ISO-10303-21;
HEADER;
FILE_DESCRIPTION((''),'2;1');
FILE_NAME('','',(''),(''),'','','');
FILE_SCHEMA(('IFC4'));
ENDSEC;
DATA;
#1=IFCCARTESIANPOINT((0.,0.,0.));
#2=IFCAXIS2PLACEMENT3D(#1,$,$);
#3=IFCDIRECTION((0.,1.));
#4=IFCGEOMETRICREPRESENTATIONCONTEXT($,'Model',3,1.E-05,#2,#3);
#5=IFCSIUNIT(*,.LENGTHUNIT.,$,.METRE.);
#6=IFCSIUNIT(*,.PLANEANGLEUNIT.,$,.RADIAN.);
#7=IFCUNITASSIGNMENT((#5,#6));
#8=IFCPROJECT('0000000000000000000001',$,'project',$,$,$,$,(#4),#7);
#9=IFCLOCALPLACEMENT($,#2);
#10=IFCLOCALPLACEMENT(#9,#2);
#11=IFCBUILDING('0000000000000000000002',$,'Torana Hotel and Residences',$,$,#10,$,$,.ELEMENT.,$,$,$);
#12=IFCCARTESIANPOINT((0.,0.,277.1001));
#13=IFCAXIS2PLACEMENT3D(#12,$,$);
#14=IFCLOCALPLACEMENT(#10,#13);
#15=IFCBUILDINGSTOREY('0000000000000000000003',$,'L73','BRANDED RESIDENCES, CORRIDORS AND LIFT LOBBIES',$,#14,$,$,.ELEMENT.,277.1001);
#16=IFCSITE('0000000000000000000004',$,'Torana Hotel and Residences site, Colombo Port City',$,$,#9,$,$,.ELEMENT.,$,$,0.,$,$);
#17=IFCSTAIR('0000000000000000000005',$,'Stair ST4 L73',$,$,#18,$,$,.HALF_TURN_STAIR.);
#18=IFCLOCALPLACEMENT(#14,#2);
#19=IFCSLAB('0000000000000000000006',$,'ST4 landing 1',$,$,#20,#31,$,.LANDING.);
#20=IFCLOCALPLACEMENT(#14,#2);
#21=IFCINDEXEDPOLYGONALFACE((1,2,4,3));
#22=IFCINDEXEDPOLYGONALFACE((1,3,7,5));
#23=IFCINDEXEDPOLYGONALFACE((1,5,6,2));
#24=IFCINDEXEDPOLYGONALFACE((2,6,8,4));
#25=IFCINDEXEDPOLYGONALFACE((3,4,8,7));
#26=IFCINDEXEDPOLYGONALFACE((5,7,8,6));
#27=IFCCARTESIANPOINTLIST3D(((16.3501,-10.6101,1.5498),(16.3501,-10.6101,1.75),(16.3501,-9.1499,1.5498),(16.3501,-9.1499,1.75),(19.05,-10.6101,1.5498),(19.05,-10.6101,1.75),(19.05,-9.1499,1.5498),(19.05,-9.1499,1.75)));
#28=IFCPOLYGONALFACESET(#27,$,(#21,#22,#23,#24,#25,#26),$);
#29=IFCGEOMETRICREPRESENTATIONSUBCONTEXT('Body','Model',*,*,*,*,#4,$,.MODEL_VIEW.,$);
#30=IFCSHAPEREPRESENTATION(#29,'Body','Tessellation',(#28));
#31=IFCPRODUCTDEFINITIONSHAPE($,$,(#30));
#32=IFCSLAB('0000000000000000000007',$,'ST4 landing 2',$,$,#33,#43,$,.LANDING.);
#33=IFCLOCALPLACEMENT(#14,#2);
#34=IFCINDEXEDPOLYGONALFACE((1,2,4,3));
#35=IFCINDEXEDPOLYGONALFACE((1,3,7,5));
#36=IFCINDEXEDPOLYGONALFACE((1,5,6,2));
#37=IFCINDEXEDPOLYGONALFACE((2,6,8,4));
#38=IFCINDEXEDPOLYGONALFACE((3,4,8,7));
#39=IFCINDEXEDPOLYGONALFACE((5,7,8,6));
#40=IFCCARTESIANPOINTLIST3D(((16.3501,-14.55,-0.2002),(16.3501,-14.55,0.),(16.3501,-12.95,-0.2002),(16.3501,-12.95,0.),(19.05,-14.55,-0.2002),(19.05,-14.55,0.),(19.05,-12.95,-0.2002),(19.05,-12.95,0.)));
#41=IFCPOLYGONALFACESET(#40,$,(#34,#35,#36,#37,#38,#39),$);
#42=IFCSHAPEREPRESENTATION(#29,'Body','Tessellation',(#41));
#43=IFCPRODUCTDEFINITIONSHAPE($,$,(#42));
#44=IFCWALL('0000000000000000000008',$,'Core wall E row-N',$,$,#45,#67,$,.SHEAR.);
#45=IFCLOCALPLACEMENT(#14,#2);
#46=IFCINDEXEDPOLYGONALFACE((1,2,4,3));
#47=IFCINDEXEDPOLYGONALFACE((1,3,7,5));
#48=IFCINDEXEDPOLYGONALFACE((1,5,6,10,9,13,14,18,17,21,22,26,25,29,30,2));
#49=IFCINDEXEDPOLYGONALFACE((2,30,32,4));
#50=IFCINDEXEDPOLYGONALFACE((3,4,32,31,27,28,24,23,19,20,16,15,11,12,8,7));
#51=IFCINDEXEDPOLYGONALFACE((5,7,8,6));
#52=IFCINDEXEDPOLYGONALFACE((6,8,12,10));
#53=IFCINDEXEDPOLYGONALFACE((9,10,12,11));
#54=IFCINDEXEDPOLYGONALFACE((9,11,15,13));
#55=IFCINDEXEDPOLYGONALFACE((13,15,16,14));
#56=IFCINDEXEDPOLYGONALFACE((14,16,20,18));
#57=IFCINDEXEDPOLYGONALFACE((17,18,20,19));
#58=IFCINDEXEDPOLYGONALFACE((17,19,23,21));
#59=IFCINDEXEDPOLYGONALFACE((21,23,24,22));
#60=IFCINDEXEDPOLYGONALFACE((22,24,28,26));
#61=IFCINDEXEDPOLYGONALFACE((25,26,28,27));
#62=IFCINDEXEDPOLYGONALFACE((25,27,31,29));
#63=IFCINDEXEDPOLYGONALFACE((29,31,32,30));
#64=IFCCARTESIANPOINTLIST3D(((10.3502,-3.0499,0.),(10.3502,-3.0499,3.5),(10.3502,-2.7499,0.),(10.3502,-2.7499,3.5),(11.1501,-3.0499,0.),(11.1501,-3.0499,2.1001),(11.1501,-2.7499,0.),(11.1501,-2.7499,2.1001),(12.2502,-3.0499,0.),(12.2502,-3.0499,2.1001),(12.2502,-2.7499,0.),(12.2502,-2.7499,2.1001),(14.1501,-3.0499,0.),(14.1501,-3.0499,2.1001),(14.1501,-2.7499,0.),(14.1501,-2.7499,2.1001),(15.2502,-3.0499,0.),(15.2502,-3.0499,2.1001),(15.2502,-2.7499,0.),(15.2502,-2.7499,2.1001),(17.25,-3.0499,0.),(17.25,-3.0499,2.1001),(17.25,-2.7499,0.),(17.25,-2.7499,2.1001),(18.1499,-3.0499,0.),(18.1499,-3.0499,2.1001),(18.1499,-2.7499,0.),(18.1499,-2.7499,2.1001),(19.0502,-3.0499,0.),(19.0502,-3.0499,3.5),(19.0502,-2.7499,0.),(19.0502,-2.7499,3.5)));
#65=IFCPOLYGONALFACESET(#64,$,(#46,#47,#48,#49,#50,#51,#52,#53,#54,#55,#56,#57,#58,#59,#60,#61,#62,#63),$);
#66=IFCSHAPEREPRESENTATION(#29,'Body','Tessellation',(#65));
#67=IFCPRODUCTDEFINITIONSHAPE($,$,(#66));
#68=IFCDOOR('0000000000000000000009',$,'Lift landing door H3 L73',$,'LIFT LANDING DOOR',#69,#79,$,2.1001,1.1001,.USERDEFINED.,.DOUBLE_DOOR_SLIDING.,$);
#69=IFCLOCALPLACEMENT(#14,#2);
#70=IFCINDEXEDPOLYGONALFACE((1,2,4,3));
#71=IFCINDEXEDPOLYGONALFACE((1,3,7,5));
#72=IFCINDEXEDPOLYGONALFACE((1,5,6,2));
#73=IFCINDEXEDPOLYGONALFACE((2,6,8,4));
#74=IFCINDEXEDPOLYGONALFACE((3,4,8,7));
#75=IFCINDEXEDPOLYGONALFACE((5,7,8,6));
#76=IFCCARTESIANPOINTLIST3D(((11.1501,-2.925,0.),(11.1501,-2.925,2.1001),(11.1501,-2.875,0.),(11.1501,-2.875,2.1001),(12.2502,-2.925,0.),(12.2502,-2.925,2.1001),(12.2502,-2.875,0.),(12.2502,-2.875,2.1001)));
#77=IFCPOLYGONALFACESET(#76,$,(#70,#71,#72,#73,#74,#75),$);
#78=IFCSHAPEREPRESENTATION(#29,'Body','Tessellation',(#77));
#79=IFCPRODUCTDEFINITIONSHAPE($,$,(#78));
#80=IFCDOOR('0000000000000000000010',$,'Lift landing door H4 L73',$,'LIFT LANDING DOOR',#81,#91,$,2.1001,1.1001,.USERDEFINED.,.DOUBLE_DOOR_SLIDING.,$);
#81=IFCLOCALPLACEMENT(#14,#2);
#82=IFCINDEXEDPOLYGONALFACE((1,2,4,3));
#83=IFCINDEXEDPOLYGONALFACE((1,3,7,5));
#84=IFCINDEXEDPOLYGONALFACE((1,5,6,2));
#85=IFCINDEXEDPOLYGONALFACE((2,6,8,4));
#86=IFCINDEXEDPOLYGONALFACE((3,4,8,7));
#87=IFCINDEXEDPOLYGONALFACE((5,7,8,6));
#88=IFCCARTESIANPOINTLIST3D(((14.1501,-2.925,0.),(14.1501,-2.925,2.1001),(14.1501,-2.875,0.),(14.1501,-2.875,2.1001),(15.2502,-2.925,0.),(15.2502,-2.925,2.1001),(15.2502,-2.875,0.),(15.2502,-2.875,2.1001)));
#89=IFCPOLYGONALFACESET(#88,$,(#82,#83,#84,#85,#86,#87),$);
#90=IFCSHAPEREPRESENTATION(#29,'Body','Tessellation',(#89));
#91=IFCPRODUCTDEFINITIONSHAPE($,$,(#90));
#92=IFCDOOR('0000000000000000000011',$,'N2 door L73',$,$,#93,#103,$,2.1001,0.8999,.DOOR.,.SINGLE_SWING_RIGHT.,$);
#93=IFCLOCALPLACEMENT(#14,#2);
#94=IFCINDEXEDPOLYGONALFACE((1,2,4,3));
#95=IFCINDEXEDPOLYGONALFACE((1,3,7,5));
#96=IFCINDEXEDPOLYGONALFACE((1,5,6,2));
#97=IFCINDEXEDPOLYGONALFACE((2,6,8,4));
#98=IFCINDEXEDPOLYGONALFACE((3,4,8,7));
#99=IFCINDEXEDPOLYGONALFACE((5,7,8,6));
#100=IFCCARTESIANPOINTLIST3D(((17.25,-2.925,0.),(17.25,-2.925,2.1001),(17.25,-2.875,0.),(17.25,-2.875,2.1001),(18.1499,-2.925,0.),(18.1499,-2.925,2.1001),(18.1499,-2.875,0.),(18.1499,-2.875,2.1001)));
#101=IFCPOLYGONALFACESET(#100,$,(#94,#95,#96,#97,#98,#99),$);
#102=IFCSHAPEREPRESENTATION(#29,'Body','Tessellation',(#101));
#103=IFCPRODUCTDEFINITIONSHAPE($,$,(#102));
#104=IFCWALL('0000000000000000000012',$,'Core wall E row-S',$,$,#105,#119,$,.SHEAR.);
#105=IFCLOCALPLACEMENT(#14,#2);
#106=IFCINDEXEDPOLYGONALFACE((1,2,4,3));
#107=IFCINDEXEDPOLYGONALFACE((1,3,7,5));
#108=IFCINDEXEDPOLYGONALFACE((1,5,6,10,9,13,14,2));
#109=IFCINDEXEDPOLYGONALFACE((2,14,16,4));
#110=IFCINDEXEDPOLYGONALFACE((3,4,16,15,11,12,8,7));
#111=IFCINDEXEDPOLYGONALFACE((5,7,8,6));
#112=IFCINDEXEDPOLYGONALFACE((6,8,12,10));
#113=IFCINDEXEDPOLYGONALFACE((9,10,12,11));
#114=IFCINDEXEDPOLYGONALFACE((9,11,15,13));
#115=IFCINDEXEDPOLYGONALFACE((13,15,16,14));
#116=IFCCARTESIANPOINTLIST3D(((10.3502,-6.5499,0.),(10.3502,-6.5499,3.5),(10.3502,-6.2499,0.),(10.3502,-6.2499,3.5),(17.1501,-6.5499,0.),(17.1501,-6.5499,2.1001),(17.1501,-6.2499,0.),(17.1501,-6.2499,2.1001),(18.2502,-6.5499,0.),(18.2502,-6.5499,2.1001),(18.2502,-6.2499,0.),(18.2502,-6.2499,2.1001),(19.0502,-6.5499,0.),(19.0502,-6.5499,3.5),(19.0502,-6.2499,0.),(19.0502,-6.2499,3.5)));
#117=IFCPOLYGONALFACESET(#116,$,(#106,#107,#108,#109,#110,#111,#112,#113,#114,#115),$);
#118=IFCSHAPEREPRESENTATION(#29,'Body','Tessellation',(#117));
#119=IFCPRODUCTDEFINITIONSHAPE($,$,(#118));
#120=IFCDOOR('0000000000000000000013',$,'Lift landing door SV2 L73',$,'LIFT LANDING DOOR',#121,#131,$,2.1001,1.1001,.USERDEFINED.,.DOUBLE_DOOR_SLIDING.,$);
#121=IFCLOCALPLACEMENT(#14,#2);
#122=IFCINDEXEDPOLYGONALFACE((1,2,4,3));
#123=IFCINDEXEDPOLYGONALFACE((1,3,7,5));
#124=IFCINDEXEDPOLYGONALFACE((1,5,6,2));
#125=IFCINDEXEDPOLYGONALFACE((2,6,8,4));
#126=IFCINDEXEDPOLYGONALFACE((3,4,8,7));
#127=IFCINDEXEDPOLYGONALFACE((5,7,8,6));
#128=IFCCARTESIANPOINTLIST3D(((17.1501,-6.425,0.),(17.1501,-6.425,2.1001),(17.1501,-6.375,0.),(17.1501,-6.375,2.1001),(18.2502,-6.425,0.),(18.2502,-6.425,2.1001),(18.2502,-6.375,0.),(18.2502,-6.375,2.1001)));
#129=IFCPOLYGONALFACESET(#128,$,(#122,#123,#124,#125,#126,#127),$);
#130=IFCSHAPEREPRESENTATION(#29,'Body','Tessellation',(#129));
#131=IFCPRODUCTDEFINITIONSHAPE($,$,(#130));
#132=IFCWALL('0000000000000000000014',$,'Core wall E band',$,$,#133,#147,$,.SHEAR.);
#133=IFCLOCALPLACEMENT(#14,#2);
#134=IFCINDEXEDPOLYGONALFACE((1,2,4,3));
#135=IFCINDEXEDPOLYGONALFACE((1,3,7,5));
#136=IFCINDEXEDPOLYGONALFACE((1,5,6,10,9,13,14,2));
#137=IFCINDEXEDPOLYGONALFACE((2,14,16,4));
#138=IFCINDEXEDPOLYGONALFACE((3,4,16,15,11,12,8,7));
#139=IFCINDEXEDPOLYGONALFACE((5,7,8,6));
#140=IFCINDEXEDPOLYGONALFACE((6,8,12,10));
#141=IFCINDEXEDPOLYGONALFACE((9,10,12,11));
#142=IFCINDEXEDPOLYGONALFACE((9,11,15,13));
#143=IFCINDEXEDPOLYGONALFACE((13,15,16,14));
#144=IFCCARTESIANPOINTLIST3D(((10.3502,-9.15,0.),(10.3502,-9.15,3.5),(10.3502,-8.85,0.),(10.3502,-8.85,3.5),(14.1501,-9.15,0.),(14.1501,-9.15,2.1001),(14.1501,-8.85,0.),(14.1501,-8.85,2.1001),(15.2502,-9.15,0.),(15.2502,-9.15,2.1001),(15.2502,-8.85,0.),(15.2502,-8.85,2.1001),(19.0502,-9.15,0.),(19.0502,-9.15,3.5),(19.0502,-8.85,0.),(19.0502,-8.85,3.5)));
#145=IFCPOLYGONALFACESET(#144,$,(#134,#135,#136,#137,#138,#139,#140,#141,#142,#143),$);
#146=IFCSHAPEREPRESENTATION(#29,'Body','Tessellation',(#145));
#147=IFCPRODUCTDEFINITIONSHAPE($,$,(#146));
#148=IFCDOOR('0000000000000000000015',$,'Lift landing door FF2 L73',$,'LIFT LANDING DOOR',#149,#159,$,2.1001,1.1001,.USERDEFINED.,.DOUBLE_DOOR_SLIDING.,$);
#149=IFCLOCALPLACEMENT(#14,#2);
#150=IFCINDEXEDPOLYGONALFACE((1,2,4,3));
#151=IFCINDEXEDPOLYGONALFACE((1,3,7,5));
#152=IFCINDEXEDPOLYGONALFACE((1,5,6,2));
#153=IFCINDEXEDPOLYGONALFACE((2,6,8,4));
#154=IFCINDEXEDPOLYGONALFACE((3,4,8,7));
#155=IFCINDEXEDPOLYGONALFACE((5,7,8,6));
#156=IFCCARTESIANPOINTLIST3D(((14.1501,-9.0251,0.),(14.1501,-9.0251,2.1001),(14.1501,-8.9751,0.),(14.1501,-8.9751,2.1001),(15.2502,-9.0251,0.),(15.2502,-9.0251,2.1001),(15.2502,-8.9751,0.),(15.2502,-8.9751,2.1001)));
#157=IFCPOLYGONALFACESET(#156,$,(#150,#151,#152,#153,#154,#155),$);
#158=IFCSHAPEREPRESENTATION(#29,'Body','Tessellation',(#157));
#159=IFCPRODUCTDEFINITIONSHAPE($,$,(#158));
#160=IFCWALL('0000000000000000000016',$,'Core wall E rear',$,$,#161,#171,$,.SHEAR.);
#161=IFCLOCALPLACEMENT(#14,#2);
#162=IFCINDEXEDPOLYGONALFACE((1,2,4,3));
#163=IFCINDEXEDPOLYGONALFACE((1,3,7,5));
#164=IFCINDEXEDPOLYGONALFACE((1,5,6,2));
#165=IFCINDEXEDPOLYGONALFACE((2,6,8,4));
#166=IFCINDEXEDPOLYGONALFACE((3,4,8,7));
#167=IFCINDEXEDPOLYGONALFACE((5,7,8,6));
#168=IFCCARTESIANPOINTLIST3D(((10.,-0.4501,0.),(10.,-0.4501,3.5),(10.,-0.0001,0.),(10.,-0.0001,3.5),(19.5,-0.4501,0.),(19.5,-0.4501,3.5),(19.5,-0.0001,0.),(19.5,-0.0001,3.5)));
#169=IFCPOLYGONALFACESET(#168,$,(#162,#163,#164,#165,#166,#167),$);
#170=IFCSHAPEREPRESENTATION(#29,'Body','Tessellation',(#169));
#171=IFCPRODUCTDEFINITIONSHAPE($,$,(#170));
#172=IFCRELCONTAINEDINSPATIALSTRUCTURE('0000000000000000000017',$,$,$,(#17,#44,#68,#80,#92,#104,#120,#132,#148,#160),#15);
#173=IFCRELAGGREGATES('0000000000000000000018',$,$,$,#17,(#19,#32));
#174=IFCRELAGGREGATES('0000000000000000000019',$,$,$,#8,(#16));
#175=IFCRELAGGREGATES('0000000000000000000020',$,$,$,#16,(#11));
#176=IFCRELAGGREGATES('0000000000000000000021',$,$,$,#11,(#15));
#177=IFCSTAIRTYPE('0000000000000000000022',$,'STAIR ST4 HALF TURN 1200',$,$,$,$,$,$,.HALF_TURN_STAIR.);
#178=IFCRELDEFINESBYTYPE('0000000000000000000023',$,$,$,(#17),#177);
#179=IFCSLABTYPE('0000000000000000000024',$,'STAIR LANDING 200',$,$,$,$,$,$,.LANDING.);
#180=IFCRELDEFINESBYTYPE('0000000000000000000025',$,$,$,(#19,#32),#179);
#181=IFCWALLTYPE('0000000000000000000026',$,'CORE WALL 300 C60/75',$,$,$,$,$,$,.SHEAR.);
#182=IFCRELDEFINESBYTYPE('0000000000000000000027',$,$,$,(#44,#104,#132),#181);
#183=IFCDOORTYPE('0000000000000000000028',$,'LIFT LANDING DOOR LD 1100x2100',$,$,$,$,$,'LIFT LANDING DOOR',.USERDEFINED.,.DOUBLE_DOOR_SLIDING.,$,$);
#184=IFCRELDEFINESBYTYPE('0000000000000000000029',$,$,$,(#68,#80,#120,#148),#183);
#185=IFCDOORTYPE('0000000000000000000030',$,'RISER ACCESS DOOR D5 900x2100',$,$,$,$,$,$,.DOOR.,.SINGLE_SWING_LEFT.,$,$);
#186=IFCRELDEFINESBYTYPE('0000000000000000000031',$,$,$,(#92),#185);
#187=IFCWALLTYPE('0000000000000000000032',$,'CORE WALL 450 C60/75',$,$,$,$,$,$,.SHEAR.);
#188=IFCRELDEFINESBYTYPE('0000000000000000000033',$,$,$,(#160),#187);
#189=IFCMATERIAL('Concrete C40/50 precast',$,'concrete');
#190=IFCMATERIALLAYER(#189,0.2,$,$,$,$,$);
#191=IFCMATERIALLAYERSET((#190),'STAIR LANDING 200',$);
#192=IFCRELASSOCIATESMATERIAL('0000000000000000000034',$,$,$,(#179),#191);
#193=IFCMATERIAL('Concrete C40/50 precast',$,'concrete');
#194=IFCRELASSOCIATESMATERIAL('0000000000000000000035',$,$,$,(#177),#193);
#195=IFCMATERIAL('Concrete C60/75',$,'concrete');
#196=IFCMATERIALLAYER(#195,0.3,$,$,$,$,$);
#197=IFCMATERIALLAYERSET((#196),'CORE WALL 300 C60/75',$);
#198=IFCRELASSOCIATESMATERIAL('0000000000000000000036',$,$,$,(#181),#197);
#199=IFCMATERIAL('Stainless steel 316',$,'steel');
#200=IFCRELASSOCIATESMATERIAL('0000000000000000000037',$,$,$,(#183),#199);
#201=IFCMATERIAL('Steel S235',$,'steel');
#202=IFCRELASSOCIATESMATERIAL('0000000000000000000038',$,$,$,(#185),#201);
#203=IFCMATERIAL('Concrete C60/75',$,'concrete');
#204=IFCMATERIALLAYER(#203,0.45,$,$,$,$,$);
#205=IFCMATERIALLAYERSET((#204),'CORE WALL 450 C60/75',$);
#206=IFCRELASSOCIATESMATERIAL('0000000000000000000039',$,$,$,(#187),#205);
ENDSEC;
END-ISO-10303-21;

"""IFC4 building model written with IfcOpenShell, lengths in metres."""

from ifc_helpers import new_model, si_unit, direction, frame, frame_2d, origin, place, context, subcontext, project, spatial, polyline, rectangle, outline, extrude, material, layer, layer_set, type_object, element, fill, aggregate, save


model = new_model("IFC4")

# Units and contexts
model_context = context("Model", 3, precision=1e-05, world=origin(), true_north=direction((0.0, 1.0)))
body_context = subcontext(model_context, "Body", "Model", "MODEL_VIEW")
ifc_project = project(units=[si_unit("LENGTHUNIT", "METRE"), si_unit("PLANEANGLEUNIT", "RADIAN")], contexts=[model_context])

# Site, building, storey
site_placement = place(None, origin())
site = spatial("IfcSite", under=ifc_project, at=site_placement, Name="Torana Hotel and Residences site, Colombo Port City", CompositionType="ELEMENT", RefElevation=0.0)
building_placement = place(site_placement, origin())
building = spatial("IfcBuilding", under=site, at=building_placement, Name="Torana Hotel and Residences", CompositionType="ELEMENT")
storey_placement = place(building_placement, frame((0.0, 0.0, 277.1001)))
storey = spatial("IfcBuildingStorey", under=building, at=storey_placement, Name="L73", Description="BRANDED RESIDENCES, CORRIDORS AND LIFT LOBBIES", CompositionType="ELEMENT", Elevation=277.1001)

# Stair, slabs
ifc_material_1 = material(Name="Concrete C40/50 precast", Category="concrete")
ifc_layer_1 = layer(ifc_material_1, 0.2)
ifc_layer_set_1 = layer_set([ifc_layer_1], Name="STAIR LANDING 200")
slab_type_1 = type_object("IfcSlabType", Name="STAIR LANDING 200", PredefinedType="LANDING", material=ifc_layer_set_1)
ifc_material_2 = material(Name="Concrete C40/50 precast", Category="concrete")
stair_type_1 = type_object("IfcStairType", Name="STAIR ST4 HALF TURN 1200", PredefinedType="HALF_TURN_STAIR", material=ifc_material_2)
stair_1_placement = place(storey_placement, origin())
stair_1 = element("IfcStair", 1, at=stair_1_placement, inside=storey, type_object=stair_type_1, Name="Stair ST4 L73", PredefinedType="HALF_TURN_STAIR")
slab_1_placement = place(storey_placement, frame((0.0, 0.0, 1.5498)))
slab_1 = element("IfcSlab", 2, at=slab_1_placement, type_object=slab_type_1, Name="ST4 landing 1", PredefinedType="LANDING", context=body_context, shape_type="SweptSolid", body=[
    extrude(outline(polyline([(16.3501, -10.6101), (19.05, -10.6101), (19.05, -9.1499), (16.3501, -9.1499), (16.3501, -10.6101)])), origin(), (0.0, 0.0, 1.0), 0.2002),
])
slab_2_placement = place(storey_placement, frame((0.0, 0.0, -0.2002)))
slab_2 = element("IfcSlab", 3, at=slab_2_placement, type_object=slab_type_1, Name="ST4 landing 2", PredefinedType="LANDING", context=body_context, shape_type="SweptSolid", body=[
    extrude(outline(polyline([(16.3501, -14.55), (19.05, -14.55), (19.05, -12.95), (16.3501, -12.95), (16.3501, -14.55)])), origin(), (0.0, 0.0, 1.0), 0.2002),
])
aggregate(stair_1, [slab_1, slab_2])

# Wall, openings, doors
ifc_material_3 = material(Name="Concrete C60/75", Category="concrete")
ifc_layer_2 = layer(ifc_material_3, 0.3)
ifc_layer_set_2 = layer_set([ifc_layer_2], Name="CORE WALL 300 C60/75")
wall_type_1 = type_object("IfcWallType", Name="CORE WALL 300 C60/75", PredefinedType="SHEAR", material=ifc_layer_set_2)
wall_1_placement = place(storey_placement, frame((10.3501, -2.8999, 0.0), z_axis=(0.0, 0.0, 1.0), x_axis=(1.0, 0.0, 0.0)))
wall_1 = element("IfcWall", 4, at=wall_1_placement, inside=storey, type_object=wall_type_1, Name="Core wall E row-N", PredefinedType="SHEAR", context=body_context, shape_type="SweptSolid", body=[
    extrude(rectangle(XDim=8.7, YDim=0.3, at=frame_2d((4.3501, 0.0))), origin(), (0.0, 0.0, 1.0), 3.5),
])
opening_1_placement = place(wall_1_placement, frame((0.8, 0.0, 0.0)))
opening_1 = element("IfcOpeningElement", 5, at=opening_1_placement, cuts=wall_1, PredefinedType="OPENING", context=body_context, shape_type="SweptSolid", body=[
    extrude(rectangle(XDim=1.1001, YDim=2.1001, at=frame_2d((0.55, 1.05))), frame((0.0, 0.1599, 0.0), z_axis=(0.0, -1.0, 0.0), x_axis=(1.0, 0.0, 0.0)), (0.0, 0.0, 1.0), 0.3201),
])
opening_2_placement = place(wall_1_placement, frame((3.8, 0.0, 0.0)))
opening_2 = element("IfcOpeningElement", 6, at=opening_2_placement, cuts=wall_1, PredefinedType="OPENING", context=body_context, shape_type="SweptSolid", body=[
    extrude(rectangle(XDim=1.1001, YDim=2.1001, at=frame_2d((0.55, 1.05))), frame((0.0, 0.1599, 0.0), z_axis=(0.0, -1.0, 0.0), x_axis=(1.0, 0.0, 0.0)), (0.0, 0.0, 1.0), 0.3201),
])
opening_3_placement = place(wall_1_placement, frame((6.8999, 0.0, 0.0)))
opening_3 = element("IfcOpeningElement", 7, at=opening_3_placement, cuts=wall_1, PredefinedType="OPENING", context=body_context, shape_type="SweptSolid", body=[
    extrude(rectangle(XDim=0.8999, YDim=2.1001, at=frame_2d((0.45, 1.05))), frame((0.0, 0.1599, 0.0), z_axis=(0.0, -1.0, 0.0), x_axis=(1.0, 0.0, 0.0)), (0.0, 0.0, 1.0), 0.3201),
])
ifc_material_4 = material(Name="Stainless steel 316", Category="steel")
door_type_1 = type_object("IfcDoorType", Name="LIFT LANDING DOOR LD 1100x2100", ElementType="LIFT LANDING DOOR", OperationType="DOUBLE_DOOR_SLIDING", PredefinedType="USERDEFINED", material=ifc_material_4)
door_1_placement = place(opening_1_placement, origin())
door_1 = element("IfcDoor", 8, at=door_1_placement, inside=storey, type_object=door_type_1, Name="Lift landing door H3 L73", ObjectType="LIFT LANDING DOOR", OperationType="DOUBLE_DOOR_SLIDING", OverallHeight=2.1001, OverallWidth=1.1001, PredefinedType="USERDEFINED", context=body_context, shape_type="SweptSolid", body=[
    extrude(rectangle(XDim=1.1001, YDim=2.1001, at=frame_2d((0.55, 1.05))), frame((0.0, 0.0249, 0.0), z_axis=(0.0, -1.0, 0.0), x_axis=(1.0, 0.0, 0.0)), (0.0, 0.0, 1.0), 0.05),
])
fill(opening_1, door_1)
door_2_placement = place(opening_2_placement, origin())
door_2 = element("IfcDoor", 9, at=door_2_placement, inside=storey, type_object=door_type_1, Name="Lift landing door H4 L73", ObjectType="LIFT LANDING DOOR", OperationType="DOUBLE_DOOR_SLIDING", OverallHeight=2.1001, OverallWidth=1.1001, PredefinedType="USERDEFINED", context=body_context, shape_type="SweptSolid", body=[
    extrude(rectangle(XDim=1.1001, YDim=2.1001, at=frame_2d((0.55, 1.05))), frame((0.0, 0.0249, 0.0), z_axis=(0.0, -1.0, 0.0), x_axis=(1.0, 0.0, 0.0)), (0.0, 0.0, 1.0), 0.05),
])
fill(opening_2, door_2)
ifc_material_5 = material(Name="Steel S235", Category="steel")
door_type_2 = type_object("IfcDoorType", Name="RISER ACCESS DOOR D5 900x2100", OperationType="SINGLE_SWING_LEFT", PredefinedType="DOOR", material=ifc_material_5)
door_3_placement = place(opening_3_placement, origin())
door_3 = element("IfcDoor", 10, at=door_3_placement, inside=storey, type_object=door_type_2, Name="N2 door L73", OperationType="SINGLE_SWING_RIGHT", OverallHeight=2.1001, OverallWidth=0.8999, PredefinedType="DOOR", context=body_context, shape_type="SweptSolid", body=[
    extrude(rectangle(XDim=0.8999, YDim=2.1001, at=frame_2d((0.45, 1.05))), frame((0.0, 0.0249, 0.0), z_axis=(0.0, -1.0, 0.0), x_axis=(1.0, 0.0, 0.0)), (0.0, 0.0, 1.0), 0.05),
])
fill(opening_3, door_3)

# Walls, openings, doors
wall_2_placement = place(storey_placement, frame((10.3501, -6.3999, 0.0), z_axis=(0.0, 0.0, 1.0), x_axis=(1.0, 0.0, 0.0)))
wall_2 = element("IfcWall", 11, at=wall_2_placement, inside=storey, type_object=wall_type_1, Name="Core wall E row-S", PredefinedType="SHEAR", context=body_context, shape_type="SweptSolid", body=[
    extrude(rectangle(XDim=8.7, YDim=0.3, at=frame_2d((4.3501, 0.0))), origin(), (0.0, 0.0, 1.0), 3.5),
])
opening_4_placement = place(wall_2_placement, frame((6.8, 0.0, 0.0)))
opening_4 = element("IfcOpeningElement", 12, at=opening_4_placement, cuts=wall_2, PredefinedType="OPENING", context=body_context, shape_type="SweptSolid", body=[
    extrude(rectangle(XDim=1.1001, YDim=2.1001, at=frame_2d((0.55, 1.05))), frame((0.0, 0.1599, 0.0), z_axis=(0.0, -1.0, 0.0), x_axis=(1.0, 0.0, 0.0)), (0.0, 0.0, 1.0), 0.3201),
])
door_4_placement = place(opening_4_placement, origin())
door_4 = element("IfcDoor", 13, at=door_4_placement, inside=storey, type_object=door_type_1, Name="Lift landing door SV2 L73", ObjectType="LIFT LANDING DOOR", OperationType="DOUBLE_DOOR_SLIDING", OverallHeight=2.1001, OverallWidth=1.1001, PredefinedType="USERDEFINED", context=body_context, shape_type="SweptSolid", body=[
    extrude(rectangle(XDim=1.1001, YDim=2.1001, at=frame_2d((0.55, 1.05))), frame((0.0, 0.0249, 0.0), z_axis=(0.0, -1.0, 0.0), x_axis=(1.0, 0.0, 0.0)), (0.0, 0.0, 1.0), 0.05),
])
fill(opening_4, door_4)
wall_3_placement = place(storey_placement, frame((10.3501, -9.0, 0.0), z_axis=(0.0, 0.0, 1.0), x_axis=(1.0, 0.0, 0.0)))
wall_3 = element("IfcWall", 14, at=wall_3_placement, inside=storey, type_object=wall_type_1, Name="Core wall E band", PredefinedType="SHEAR", context=body_context, shape_type="SweptSolid", body=[
    extrude(rectangle(XDim=8.7, YDim=0.3, at=frame_2d((4.3501, 0.0))), origin(), (0.0, 0.0, 1.0), 3.5),
])
opening_5_placement = place(wall_3_placement, frame((3.8, 0.0, 0.0)))
opening_5 = element("IfcOpeningElement", 15, at=opening_5_placement, cuts=wall_3, PredefinedType="OPENING", context=body_context, shape_type="SweptSolid", body=[
    extrude(rectangle(XDim=1.1001, YDim=2.1001, at=frame_2d((0.55, 1.05))), frame((0.0, 0.1599, 0.0), z_axis=(0.0, -1.0, 0.0), x_axis=(1.0, 0.0, 0.0)), (0.0, 0.0, 1.0), 0.3201),
])
door_5_placement = place(opening_5_placement, origin())
door_5 = element("IfcDoor", 16, at=door_5_placement, inside=storey, type_object=door_type_1, Name="Lift landing door FF2 L73", ObjectType="LIFT LANDING DOOR", OperationType="DOUBLE_DOOR_SLIDING", OverallHeight=2.1001, OverallWidth=1.1001, PredefinedType="USERDEFINED", context=body_context, shape_type="SweptSolid", body=[
    extrude(rectangle(XDim=1.1001, YDim=2.1001, at=frame_2d((0.55, 1.05))), frame((0.0, 0.0249, 0.0), z_axis=(0.0, -1.0, 0.0), x_axis=(1.0, 0.0, 0.0)), (0.0, 0.0, 1.0), 0.05),
])
fill(opening_5, door_5)

# Wall
ifc_material_6 = material(Name="Concrete C60/75", Category="concrete")
ifc_layer_3 = layer(ifc_material_6, 0.45)
ifc_layer_set_3 = layer_set([ifc_layer_3], Name="CORE WALL 450 C60/75")
wall_type_2 = type_object("IfcWallType", Name="CORE WALL 450 C60/75", PredefinedType="SHEAR", material=ifc_layer_set_3)
wall_4_placement = place(storey_placement, frame((10.0, -0.2251, 0.0), z_axis=(0.0, 0.0, 1.0), x_axis=(1.0, 0.0, 0.0)))
element("IfcWall", 17, at=wall_4_placement, inside=storey, type_object=wall_type_2, Name="Core wall E rear", PredefinedType="SHEAR", context=body_context, shape_type="SweptSolid", body=[
    extrude(rectangle(XDim=9.5, YDim=0.45, at=frame_2d((4.75, 0.0))), origin(), (0.0, 0.0, 1.0), 3.5),
])

save(model, "model.ifc")
